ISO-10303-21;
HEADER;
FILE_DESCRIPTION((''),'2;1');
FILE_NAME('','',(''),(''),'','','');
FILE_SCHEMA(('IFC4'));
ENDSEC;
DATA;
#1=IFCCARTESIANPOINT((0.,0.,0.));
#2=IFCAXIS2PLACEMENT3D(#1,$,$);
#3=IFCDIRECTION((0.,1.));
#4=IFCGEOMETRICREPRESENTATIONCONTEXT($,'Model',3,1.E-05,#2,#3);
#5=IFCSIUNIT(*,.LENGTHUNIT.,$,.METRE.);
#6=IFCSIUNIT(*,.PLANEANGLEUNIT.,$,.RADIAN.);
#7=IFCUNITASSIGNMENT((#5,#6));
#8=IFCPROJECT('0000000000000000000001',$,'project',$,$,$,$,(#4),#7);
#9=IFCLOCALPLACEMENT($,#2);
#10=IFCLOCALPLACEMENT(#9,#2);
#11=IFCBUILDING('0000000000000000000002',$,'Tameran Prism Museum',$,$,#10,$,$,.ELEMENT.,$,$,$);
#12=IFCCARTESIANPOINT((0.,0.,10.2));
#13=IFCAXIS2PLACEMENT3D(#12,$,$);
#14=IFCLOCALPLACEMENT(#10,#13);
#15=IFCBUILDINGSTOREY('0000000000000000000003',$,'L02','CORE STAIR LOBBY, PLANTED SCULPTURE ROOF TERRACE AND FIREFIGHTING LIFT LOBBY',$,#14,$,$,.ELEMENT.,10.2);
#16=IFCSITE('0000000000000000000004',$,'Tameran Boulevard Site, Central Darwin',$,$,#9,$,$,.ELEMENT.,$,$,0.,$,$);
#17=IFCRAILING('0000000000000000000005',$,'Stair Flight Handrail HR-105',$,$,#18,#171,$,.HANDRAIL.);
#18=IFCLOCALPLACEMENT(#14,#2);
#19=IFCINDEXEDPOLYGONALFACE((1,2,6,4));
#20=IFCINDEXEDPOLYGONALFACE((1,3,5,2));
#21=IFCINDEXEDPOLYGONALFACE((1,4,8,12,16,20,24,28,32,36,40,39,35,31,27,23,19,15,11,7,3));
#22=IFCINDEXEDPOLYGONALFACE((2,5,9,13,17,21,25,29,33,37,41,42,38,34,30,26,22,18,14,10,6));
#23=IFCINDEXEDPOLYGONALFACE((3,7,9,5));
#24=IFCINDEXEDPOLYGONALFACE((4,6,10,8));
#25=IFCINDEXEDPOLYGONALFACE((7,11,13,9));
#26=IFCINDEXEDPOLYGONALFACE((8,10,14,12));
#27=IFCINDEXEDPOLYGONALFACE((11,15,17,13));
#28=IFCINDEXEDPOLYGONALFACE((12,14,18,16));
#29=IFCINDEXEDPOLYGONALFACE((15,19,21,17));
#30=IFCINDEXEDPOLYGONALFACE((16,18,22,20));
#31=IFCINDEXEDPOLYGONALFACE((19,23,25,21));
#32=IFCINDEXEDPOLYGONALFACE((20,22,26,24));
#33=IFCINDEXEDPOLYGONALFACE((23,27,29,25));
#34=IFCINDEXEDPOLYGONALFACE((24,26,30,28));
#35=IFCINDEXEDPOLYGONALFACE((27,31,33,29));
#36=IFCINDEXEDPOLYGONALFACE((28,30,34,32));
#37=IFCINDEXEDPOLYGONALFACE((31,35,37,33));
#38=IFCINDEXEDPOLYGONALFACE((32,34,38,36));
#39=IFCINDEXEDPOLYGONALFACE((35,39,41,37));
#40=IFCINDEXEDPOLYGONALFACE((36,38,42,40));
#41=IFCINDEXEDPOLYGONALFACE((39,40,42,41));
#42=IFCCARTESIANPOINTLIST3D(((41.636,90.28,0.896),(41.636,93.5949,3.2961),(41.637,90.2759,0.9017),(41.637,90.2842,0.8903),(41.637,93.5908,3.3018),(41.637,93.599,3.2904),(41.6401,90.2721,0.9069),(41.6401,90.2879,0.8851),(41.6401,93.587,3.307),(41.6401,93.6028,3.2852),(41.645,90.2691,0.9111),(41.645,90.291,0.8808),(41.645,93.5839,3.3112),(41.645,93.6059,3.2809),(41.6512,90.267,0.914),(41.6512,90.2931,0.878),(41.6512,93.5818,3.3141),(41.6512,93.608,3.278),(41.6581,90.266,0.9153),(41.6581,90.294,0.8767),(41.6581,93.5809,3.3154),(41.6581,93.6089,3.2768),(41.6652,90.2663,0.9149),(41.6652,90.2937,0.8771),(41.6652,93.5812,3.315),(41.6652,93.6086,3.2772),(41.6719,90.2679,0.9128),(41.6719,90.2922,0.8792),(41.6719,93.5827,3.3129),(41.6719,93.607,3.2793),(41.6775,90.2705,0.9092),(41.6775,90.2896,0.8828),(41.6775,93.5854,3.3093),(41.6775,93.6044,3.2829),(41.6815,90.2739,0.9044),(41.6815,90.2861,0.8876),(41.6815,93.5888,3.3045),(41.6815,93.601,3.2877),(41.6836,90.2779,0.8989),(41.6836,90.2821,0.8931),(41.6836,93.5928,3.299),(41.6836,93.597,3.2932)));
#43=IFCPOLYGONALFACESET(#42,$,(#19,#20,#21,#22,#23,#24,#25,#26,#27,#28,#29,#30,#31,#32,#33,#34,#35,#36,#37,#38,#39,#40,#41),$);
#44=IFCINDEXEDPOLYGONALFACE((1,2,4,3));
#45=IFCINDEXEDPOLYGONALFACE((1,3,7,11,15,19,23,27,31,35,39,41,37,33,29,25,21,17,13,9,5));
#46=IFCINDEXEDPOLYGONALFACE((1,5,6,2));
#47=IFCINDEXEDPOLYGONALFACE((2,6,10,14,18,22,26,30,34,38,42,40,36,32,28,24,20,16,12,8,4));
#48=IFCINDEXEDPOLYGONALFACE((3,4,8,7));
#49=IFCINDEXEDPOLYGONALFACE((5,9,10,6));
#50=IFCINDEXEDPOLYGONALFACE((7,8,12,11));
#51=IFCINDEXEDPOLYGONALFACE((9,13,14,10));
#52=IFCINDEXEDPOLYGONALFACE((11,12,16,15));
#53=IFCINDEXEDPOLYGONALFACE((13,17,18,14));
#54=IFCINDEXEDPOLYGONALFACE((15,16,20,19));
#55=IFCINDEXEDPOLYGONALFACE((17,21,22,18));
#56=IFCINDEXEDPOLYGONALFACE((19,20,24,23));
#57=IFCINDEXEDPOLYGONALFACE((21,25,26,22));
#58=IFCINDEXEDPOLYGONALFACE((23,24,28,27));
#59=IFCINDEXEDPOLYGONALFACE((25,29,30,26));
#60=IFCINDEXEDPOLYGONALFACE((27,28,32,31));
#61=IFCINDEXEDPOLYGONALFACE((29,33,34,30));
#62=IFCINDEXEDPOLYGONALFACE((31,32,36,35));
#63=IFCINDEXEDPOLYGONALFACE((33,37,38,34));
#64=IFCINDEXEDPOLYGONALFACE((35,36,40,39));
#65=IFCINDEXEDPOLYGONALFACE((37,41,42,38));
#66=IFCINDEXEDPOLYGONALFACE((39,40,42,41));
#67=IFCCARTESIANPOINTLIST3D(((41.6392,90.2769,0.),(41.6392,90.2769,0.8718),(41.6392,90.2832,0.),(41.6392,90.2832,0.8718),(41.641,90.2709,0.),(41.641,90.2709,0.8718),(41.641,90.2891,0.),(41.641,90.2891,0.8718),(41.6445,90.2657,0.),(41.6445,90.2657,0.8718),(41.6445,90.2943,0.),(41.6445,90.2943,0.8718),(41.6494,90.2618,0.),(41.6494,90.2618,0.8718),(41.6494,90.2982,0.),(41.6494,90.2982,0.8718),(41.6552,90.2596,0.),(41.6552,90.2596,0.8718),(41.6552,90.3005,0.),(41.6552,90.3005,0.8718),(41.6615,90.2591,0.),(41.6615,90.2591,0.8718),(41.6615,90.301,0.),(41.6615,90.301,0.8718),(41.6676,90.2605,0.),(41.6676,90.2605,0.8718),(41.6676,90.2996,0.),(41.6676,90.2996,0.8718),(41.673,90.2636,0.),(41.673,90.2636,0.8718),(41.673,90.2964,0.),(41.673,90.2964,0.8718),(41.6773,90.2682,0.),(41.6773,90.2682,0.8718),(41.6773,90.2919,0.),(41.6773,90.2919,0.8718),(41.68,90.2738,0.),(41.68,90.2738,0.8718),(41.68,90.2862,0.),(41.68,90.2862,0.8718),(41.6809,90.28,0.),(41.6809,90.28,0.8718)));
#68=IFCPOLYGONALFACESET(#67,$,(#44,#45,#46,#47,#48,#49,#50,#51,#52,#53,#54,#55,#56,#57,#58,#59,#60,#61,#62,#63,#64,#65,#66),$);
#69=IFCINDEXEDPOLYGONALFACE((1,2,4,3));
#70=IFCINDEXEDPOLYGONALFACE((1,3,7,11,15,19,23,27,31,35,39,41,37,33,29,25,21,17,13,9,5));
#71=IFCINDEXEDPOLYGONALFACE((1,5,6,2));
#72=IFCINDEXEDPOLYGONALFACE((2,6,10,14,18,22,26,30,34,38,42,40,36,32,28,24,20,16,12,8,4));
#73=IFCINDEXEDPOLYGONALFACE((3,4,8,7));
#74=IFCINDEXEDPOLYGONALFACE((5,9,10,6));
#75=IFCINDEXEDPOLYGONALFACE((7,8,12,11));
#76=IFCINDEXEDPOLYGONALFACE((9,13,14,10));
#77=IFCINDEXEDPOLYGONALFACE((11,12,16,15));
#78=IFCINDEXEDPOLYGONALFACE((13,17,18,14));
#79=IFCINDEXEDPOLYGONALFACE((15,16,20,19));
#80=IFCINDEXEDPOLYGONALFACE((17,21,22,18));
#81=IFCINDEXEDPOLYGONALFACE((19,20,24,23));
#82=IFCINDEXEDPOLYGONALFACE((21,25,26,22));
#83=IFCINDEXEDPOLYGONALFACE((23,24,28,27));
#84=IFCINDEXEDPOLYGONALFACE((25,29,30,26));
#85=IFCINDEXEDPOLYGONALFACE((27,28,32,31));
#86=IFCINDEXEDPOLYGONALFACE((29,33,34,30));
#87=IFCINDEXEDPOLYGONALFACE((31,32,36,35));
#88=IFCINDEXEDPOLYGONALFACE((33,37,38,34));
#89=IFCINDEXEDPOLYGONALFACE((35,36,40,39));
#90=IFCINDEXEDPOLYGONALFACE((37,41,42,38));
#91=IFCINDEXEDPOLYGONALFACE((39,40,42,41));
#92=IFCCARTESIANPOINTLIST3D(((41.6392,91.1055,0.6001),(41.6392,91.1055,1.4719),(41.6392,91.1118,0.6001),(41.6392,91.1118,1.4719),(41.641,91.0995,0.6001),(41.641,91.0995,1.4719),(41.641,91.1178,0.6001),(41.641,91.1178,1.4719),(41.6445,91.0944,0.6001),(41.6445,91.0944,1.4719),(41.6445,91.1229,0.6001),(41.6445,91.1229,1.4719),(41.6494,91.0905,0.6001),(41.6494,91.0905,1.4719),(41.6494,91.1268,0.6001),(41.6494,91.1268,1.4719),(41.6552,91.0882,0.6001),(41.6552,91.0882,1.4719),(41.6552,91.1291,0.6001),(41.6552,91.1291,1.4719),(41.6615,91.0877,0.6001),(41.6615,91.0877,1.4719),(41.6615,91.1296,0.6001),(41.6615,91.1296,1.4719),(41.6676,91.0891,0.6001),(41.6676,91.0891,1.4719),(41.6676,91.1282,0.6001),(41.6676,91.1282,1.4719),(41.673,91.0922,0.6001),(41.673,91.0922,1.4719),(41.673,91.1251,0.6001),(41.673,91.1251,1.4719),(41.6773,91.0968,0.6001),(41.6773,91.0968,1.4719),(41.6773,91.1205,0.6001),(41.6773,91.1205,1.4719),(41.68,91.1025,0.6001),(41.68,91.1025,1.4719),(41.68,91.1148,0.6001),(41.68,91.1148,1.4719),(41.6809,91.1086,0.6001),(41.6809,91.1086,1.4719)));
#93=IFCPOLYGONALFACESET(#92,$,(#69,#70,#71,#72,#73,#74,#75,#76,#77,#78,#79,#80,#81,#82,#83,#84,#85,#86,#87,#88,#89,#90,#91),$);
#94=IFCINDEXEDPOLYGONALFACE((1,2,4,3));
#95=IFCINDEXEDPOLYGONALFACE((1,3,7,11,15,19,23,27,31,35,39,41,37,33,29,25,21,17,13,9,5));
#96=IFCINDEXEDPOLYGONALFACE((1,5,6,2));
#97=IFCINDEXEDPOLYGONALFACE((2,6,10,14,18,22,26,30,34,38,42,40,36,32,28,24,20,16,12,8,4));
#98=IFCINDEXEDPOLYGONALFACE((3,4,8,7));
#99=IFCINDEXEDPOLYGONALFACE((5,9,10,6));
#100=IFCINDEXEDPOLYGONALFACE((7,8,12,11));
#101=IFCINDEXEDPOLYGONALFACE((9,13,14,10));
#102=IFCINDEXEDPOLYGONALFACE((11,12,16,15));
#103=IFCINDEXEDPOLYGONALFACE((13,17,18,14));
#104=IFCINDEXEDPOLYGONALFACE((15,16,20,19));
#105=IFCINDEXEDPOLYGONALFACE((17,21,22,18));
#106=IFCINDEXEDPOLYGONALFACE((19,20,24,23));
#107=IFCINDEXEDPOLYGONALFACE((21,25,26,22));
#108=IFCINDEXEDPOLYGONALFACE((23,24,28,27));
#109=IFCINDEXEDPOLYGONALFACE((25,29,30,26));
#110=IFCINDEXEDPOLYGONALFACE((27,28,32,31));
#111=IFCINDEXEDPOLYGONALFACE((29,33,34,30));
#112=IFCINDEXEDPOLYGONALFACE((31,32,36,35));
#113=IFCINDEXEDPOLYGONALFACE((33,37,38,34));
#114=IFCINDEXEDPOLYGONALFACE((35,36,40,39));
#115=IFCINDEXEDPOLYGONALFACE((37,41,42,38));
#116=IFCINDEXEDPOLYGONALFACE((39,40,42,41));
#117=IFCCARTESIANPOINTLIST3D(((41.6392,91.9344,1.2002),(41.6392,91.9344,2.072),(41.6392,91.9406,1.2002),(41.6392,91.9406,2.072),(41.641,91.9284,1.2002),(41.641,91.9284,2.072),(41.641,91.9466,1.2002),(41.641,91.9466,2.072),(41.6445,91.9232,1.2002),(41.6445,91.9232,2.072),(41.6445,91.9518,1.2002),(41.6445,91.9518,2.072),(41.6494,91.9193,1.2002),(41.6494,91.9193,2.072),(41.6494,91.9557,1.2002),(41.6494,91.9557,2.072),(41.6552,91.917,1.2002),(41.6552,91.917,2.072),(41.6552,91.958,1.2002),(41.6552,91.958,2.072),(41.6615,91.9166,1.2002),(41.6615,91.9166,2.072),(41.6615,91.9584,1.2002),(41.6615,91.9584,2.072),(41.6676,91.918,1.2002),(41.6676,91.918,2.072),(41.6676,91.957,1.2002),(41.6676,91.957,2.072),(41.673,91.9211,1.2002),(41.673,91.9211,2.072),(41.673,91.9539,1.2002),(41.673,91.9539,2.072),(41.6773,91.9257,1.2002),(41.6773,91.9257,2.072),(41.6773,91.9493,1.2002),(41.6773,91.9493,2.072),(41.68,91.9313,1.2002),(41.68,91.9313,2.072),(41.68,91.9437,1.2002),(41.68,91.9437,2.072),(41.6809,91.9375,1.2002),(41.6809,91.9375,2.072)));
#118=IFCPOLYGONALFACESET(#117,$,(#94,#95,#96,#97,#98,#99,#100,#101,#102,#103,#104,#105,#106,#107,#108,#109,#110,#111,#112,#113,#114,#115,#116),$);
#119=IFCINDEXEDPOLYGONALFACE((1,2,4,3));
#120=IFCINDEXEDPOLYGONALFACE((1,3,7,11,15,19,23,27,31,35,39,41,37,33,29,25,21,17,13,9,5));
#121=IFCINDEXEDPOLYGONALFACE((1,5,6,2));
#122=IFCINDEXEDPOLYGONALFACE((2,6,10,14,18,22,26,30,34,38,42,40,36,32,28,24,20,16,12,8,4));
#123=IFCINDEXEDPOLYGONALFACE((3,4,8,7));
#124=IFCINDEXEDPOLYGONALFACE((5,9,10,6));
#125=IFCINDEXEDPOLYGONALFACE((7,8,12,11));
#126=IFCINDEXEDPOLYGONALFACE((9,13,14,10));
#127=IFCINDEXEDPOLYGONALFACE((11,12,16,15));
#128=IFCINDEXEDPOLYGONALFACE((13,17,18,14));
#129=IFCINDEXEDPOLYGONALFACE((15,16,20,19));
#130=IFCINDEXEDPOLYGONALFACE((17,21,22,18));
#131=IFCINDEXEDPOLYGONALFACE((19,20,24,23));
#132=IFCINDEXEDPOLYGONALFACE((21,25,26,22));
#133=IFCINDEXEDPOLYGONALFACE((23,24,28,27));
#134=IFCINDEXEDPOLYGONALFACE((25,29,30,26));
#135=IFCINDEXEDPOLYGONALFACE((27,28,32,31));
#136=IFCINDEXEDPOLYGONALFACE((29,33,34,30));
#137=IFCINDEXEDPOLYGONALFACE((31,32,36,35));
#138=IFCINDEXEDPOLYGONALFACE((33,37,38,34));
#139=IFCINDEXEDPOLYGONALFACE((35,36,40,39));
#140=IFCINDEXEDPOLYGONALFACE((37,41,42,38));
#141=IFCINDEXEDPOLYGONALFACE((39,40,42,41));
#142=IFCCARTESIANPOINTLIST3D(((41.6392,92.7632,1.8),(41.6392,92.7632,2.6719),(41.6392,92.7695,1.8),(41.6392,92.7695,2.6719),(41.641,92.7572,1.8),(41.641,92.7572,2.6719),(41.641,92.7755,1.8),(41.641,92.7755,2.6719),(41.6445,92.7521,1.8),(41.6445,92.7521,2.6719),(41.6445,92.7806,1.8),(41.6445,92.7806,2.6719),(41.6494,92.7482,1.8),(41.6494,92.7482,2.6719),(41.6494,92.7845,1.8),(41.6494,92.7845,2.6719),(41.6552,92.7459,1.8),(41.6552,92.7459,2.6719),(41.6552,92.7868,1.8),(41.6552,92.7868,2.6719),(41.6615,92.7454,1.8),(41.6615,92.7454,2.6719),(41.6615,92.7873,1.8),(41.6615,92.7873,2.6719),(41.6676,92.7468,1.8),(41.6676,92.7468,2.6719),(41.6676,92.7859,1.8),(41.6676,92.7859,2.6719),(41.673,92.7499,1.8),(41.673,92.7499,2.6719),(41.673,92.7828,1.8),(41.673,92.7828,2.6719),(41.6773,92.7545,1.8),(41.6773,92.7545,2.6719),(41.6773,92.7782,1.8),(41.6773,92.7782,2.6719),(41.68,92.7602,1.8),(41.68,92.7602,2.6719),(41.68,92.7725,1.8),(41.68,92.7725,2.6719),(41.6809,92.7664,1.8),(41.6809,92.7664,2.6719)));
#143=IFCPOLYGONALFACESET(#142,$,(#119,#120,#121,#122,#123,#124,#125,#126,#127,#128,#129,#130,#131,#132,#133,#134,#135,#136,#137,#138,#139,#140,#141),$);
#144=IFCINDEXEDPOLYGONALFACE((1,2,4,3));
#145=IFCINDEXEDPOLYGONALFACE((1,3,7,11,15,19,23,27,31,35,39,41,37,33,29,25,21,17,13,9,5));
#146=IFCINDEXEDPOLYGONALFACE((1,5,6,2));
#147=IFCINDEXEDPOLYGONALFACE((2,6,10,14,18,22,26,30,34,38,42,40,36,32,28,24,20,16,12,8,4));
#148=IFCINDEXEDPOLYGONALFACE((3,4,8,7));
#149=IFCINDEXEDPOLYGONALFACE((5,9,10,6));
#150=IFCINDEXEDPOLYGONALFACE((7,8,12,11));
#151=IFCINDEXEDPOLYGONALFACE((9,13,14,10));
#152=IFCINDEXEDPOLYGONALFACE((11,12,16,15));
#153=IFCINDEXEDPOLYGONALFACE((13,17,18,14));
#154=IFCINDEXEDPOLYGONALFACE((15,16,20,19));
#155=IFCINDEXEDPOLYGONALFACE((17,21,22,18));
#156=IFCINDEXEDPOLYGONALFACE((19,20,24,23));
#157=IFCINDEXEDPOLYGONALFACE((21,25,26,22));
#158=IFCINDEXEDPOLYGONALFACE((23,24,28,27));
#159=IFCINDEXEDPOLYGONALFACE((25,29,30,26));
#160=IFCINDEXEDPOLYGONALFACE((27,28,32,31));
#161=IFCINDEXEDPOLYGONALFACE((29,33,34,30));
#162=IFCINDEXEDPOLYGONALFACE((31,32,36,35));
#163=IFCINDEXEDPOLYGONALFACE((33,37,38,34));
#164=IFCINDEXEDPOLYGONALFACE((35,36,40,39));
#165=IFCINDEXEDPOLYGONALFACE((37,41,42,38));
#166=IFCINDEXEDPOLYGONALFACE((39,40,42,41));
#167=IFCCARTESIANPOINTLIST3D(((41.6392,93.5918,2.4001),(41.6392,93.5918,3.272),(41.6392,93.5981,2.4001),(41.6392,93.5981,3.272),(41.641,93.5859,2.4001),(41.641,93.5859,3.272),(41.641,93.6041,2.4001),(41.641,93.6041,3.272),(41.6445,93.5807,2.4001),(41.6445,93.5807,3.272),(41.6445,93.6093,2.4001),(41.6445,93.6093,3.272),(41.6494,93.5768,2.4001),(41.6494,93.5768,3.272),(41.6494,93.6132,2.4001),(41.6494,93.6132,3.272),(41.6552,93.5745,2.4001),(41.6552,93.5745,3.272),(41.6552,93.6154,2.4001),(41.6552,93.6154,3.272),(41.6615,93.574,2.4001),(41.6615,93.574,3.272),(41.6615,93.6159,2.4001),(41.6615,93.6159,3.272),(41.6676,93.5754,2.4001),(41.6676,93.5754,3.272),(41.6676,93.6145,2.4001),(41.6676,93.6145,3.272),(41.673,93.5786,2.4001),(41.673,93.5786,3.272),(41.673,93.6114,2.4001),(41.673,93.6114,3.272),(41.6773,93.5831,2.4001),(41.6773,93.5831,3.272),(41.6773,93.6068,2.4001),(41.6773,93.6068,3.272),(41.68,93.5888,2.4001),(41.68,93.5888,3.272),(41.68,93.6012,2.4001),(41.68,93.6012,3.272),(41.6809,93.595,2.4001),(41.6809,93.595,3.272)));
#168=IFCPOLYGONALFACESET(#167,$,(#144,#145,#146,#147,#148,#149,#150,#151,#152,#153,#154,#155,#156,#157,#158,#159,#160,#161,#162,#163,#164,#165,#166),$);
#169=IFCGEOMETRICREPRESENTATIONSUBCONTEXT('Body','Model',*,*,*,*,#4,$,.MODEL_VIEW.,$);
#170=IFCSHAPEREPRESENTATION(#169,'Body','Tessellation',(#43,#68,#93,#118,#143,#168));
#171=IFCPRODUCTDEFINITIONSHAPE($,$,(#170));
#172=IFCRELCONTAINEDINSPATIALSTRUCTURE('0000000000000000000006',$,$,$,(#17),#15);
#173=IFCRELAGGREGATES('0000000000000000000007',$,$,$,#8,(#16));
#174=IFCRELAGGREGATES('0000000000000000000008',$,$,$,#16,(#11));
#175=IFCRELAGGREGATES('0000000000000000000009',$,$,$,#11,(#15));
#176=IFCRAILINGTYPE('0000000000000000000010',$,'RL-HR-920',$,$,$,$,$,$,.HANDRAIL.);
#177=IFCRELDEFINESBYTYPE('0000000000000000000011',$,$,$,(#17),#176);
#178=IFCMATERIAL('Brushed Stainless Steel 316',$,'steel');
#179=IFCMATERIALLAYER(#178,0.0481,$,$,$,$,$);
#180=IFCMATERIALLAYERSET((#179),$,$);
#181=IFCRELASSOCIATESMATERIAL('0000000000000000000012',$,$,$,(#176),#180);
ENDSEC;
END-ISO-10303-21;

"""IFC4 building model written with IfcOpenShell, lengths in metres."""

from ifc_helpers import new_model, si_unit, direction, frame, origin, origin_2d, place, context, subcontext, project, spatial, circle, extrude, material, layer, layer_set, type_object, element, save


model = new_model("IFC4")

# Units and contexts
model_context = context("Model", 3, precision=1e-05, world=origin(), true_north=direction((0.0, 1.0)))
body_context = subcontext(model_context, "Body", "Model", "MODEL_VIEW")
ifc_project = project(units=[si_unit("LENGTHUNIT", "METRE"), si_unit("PLANEANGLEUNIT", "RADIAN")], contexts=[model_context])

# Site, building, storey
site_placement = place(None, origin())
site = spatial("IfcSite", under=ifc_project, at=site_placement, Name="Tameran Boulevard Site, Central Darwin", CompositionType="ELEMENT", RefElevation=0.0)
building_placement = place(site_placement, origin())
building = spatial("IfcBuilding", under=site, at=building_placement, Name="Tameran Prism Museum", CompositionType="ELEMENT")
storey_placement = place(building_placement, frame((0.0, 0.0, 10.2)))
storey = spatial("IfcBuildingStorey", under=building, at=storey_placement, Name="L02", Description="CORE STAIR LOBBY, PLANTED SCULPTURE ROOF TERRACE AND FIREFIGHTING LIFT LOBBY", CompositionType="ELEMENT", Elevation=10.2)

# Railing
ifc_material_1 = material(Name="Brushed Stainless Steel 316", Category="steel")
ifc_layer_1 = layer(ifc_material_1, 0.0481)
ifc_layer_set_1 = layer_set([ifc_layer_1])
railing_type_1 = type_object("IfcRailingType", Name="RL-HR-920", PredefinedType="HANDRAIL", material=ifc_layer_set_1)
railing_1_placement = place(storey_placement, frame((41.6599, 90.28, 0.0)))
element("IfcRailing", 1, at=railing_1_placement, inside=storey, type_object=railing_type_1, Name="Stair Flight Handrail HR-105", PredefinedType="HANDRAIL", context=body_context, shape_type="SweptSolid", body=[
    extrude(circle(Radius=0.0239, at=origin_2d()), frame((0.0, 0.0, 0.896), z_axis=(0.0, 0.80998, 0.586457), x_axis=(-1.0, 0.0, 0.0)), (0.0, 0.0, 1.0), 4.0925),
    extrude(circle(Radius=0.021, at=origin_2d()), origin(), (0.0, 0.0, 1.0), 0.8718),
    extrude(circle(Radius=0.021, at=origin_2d()), frame((0.0, 0.8286, 0.6001)), (0.0, 0.0, 1.0), 0.8718),
    extrude(circle(Radius=0.021, at=origin_2d()), frame((0.0, 1.6575, 1.2002)), (0.0, 0.0, 1.0), 0.8718),
    extrude(circle(Radius=0.021, at=origin_2d()), frame((0.0, 2.4863, 1.8)), (0.0, 0.0, 1.0), 0.8718),
    extrude(circle(Radius=0.021, at=origin_2d()), frame((0.0, 3.3149, 2.4001)), (0.0, 0.0, 1.0), 0.8718),
])

save(model, "model.ifc")
